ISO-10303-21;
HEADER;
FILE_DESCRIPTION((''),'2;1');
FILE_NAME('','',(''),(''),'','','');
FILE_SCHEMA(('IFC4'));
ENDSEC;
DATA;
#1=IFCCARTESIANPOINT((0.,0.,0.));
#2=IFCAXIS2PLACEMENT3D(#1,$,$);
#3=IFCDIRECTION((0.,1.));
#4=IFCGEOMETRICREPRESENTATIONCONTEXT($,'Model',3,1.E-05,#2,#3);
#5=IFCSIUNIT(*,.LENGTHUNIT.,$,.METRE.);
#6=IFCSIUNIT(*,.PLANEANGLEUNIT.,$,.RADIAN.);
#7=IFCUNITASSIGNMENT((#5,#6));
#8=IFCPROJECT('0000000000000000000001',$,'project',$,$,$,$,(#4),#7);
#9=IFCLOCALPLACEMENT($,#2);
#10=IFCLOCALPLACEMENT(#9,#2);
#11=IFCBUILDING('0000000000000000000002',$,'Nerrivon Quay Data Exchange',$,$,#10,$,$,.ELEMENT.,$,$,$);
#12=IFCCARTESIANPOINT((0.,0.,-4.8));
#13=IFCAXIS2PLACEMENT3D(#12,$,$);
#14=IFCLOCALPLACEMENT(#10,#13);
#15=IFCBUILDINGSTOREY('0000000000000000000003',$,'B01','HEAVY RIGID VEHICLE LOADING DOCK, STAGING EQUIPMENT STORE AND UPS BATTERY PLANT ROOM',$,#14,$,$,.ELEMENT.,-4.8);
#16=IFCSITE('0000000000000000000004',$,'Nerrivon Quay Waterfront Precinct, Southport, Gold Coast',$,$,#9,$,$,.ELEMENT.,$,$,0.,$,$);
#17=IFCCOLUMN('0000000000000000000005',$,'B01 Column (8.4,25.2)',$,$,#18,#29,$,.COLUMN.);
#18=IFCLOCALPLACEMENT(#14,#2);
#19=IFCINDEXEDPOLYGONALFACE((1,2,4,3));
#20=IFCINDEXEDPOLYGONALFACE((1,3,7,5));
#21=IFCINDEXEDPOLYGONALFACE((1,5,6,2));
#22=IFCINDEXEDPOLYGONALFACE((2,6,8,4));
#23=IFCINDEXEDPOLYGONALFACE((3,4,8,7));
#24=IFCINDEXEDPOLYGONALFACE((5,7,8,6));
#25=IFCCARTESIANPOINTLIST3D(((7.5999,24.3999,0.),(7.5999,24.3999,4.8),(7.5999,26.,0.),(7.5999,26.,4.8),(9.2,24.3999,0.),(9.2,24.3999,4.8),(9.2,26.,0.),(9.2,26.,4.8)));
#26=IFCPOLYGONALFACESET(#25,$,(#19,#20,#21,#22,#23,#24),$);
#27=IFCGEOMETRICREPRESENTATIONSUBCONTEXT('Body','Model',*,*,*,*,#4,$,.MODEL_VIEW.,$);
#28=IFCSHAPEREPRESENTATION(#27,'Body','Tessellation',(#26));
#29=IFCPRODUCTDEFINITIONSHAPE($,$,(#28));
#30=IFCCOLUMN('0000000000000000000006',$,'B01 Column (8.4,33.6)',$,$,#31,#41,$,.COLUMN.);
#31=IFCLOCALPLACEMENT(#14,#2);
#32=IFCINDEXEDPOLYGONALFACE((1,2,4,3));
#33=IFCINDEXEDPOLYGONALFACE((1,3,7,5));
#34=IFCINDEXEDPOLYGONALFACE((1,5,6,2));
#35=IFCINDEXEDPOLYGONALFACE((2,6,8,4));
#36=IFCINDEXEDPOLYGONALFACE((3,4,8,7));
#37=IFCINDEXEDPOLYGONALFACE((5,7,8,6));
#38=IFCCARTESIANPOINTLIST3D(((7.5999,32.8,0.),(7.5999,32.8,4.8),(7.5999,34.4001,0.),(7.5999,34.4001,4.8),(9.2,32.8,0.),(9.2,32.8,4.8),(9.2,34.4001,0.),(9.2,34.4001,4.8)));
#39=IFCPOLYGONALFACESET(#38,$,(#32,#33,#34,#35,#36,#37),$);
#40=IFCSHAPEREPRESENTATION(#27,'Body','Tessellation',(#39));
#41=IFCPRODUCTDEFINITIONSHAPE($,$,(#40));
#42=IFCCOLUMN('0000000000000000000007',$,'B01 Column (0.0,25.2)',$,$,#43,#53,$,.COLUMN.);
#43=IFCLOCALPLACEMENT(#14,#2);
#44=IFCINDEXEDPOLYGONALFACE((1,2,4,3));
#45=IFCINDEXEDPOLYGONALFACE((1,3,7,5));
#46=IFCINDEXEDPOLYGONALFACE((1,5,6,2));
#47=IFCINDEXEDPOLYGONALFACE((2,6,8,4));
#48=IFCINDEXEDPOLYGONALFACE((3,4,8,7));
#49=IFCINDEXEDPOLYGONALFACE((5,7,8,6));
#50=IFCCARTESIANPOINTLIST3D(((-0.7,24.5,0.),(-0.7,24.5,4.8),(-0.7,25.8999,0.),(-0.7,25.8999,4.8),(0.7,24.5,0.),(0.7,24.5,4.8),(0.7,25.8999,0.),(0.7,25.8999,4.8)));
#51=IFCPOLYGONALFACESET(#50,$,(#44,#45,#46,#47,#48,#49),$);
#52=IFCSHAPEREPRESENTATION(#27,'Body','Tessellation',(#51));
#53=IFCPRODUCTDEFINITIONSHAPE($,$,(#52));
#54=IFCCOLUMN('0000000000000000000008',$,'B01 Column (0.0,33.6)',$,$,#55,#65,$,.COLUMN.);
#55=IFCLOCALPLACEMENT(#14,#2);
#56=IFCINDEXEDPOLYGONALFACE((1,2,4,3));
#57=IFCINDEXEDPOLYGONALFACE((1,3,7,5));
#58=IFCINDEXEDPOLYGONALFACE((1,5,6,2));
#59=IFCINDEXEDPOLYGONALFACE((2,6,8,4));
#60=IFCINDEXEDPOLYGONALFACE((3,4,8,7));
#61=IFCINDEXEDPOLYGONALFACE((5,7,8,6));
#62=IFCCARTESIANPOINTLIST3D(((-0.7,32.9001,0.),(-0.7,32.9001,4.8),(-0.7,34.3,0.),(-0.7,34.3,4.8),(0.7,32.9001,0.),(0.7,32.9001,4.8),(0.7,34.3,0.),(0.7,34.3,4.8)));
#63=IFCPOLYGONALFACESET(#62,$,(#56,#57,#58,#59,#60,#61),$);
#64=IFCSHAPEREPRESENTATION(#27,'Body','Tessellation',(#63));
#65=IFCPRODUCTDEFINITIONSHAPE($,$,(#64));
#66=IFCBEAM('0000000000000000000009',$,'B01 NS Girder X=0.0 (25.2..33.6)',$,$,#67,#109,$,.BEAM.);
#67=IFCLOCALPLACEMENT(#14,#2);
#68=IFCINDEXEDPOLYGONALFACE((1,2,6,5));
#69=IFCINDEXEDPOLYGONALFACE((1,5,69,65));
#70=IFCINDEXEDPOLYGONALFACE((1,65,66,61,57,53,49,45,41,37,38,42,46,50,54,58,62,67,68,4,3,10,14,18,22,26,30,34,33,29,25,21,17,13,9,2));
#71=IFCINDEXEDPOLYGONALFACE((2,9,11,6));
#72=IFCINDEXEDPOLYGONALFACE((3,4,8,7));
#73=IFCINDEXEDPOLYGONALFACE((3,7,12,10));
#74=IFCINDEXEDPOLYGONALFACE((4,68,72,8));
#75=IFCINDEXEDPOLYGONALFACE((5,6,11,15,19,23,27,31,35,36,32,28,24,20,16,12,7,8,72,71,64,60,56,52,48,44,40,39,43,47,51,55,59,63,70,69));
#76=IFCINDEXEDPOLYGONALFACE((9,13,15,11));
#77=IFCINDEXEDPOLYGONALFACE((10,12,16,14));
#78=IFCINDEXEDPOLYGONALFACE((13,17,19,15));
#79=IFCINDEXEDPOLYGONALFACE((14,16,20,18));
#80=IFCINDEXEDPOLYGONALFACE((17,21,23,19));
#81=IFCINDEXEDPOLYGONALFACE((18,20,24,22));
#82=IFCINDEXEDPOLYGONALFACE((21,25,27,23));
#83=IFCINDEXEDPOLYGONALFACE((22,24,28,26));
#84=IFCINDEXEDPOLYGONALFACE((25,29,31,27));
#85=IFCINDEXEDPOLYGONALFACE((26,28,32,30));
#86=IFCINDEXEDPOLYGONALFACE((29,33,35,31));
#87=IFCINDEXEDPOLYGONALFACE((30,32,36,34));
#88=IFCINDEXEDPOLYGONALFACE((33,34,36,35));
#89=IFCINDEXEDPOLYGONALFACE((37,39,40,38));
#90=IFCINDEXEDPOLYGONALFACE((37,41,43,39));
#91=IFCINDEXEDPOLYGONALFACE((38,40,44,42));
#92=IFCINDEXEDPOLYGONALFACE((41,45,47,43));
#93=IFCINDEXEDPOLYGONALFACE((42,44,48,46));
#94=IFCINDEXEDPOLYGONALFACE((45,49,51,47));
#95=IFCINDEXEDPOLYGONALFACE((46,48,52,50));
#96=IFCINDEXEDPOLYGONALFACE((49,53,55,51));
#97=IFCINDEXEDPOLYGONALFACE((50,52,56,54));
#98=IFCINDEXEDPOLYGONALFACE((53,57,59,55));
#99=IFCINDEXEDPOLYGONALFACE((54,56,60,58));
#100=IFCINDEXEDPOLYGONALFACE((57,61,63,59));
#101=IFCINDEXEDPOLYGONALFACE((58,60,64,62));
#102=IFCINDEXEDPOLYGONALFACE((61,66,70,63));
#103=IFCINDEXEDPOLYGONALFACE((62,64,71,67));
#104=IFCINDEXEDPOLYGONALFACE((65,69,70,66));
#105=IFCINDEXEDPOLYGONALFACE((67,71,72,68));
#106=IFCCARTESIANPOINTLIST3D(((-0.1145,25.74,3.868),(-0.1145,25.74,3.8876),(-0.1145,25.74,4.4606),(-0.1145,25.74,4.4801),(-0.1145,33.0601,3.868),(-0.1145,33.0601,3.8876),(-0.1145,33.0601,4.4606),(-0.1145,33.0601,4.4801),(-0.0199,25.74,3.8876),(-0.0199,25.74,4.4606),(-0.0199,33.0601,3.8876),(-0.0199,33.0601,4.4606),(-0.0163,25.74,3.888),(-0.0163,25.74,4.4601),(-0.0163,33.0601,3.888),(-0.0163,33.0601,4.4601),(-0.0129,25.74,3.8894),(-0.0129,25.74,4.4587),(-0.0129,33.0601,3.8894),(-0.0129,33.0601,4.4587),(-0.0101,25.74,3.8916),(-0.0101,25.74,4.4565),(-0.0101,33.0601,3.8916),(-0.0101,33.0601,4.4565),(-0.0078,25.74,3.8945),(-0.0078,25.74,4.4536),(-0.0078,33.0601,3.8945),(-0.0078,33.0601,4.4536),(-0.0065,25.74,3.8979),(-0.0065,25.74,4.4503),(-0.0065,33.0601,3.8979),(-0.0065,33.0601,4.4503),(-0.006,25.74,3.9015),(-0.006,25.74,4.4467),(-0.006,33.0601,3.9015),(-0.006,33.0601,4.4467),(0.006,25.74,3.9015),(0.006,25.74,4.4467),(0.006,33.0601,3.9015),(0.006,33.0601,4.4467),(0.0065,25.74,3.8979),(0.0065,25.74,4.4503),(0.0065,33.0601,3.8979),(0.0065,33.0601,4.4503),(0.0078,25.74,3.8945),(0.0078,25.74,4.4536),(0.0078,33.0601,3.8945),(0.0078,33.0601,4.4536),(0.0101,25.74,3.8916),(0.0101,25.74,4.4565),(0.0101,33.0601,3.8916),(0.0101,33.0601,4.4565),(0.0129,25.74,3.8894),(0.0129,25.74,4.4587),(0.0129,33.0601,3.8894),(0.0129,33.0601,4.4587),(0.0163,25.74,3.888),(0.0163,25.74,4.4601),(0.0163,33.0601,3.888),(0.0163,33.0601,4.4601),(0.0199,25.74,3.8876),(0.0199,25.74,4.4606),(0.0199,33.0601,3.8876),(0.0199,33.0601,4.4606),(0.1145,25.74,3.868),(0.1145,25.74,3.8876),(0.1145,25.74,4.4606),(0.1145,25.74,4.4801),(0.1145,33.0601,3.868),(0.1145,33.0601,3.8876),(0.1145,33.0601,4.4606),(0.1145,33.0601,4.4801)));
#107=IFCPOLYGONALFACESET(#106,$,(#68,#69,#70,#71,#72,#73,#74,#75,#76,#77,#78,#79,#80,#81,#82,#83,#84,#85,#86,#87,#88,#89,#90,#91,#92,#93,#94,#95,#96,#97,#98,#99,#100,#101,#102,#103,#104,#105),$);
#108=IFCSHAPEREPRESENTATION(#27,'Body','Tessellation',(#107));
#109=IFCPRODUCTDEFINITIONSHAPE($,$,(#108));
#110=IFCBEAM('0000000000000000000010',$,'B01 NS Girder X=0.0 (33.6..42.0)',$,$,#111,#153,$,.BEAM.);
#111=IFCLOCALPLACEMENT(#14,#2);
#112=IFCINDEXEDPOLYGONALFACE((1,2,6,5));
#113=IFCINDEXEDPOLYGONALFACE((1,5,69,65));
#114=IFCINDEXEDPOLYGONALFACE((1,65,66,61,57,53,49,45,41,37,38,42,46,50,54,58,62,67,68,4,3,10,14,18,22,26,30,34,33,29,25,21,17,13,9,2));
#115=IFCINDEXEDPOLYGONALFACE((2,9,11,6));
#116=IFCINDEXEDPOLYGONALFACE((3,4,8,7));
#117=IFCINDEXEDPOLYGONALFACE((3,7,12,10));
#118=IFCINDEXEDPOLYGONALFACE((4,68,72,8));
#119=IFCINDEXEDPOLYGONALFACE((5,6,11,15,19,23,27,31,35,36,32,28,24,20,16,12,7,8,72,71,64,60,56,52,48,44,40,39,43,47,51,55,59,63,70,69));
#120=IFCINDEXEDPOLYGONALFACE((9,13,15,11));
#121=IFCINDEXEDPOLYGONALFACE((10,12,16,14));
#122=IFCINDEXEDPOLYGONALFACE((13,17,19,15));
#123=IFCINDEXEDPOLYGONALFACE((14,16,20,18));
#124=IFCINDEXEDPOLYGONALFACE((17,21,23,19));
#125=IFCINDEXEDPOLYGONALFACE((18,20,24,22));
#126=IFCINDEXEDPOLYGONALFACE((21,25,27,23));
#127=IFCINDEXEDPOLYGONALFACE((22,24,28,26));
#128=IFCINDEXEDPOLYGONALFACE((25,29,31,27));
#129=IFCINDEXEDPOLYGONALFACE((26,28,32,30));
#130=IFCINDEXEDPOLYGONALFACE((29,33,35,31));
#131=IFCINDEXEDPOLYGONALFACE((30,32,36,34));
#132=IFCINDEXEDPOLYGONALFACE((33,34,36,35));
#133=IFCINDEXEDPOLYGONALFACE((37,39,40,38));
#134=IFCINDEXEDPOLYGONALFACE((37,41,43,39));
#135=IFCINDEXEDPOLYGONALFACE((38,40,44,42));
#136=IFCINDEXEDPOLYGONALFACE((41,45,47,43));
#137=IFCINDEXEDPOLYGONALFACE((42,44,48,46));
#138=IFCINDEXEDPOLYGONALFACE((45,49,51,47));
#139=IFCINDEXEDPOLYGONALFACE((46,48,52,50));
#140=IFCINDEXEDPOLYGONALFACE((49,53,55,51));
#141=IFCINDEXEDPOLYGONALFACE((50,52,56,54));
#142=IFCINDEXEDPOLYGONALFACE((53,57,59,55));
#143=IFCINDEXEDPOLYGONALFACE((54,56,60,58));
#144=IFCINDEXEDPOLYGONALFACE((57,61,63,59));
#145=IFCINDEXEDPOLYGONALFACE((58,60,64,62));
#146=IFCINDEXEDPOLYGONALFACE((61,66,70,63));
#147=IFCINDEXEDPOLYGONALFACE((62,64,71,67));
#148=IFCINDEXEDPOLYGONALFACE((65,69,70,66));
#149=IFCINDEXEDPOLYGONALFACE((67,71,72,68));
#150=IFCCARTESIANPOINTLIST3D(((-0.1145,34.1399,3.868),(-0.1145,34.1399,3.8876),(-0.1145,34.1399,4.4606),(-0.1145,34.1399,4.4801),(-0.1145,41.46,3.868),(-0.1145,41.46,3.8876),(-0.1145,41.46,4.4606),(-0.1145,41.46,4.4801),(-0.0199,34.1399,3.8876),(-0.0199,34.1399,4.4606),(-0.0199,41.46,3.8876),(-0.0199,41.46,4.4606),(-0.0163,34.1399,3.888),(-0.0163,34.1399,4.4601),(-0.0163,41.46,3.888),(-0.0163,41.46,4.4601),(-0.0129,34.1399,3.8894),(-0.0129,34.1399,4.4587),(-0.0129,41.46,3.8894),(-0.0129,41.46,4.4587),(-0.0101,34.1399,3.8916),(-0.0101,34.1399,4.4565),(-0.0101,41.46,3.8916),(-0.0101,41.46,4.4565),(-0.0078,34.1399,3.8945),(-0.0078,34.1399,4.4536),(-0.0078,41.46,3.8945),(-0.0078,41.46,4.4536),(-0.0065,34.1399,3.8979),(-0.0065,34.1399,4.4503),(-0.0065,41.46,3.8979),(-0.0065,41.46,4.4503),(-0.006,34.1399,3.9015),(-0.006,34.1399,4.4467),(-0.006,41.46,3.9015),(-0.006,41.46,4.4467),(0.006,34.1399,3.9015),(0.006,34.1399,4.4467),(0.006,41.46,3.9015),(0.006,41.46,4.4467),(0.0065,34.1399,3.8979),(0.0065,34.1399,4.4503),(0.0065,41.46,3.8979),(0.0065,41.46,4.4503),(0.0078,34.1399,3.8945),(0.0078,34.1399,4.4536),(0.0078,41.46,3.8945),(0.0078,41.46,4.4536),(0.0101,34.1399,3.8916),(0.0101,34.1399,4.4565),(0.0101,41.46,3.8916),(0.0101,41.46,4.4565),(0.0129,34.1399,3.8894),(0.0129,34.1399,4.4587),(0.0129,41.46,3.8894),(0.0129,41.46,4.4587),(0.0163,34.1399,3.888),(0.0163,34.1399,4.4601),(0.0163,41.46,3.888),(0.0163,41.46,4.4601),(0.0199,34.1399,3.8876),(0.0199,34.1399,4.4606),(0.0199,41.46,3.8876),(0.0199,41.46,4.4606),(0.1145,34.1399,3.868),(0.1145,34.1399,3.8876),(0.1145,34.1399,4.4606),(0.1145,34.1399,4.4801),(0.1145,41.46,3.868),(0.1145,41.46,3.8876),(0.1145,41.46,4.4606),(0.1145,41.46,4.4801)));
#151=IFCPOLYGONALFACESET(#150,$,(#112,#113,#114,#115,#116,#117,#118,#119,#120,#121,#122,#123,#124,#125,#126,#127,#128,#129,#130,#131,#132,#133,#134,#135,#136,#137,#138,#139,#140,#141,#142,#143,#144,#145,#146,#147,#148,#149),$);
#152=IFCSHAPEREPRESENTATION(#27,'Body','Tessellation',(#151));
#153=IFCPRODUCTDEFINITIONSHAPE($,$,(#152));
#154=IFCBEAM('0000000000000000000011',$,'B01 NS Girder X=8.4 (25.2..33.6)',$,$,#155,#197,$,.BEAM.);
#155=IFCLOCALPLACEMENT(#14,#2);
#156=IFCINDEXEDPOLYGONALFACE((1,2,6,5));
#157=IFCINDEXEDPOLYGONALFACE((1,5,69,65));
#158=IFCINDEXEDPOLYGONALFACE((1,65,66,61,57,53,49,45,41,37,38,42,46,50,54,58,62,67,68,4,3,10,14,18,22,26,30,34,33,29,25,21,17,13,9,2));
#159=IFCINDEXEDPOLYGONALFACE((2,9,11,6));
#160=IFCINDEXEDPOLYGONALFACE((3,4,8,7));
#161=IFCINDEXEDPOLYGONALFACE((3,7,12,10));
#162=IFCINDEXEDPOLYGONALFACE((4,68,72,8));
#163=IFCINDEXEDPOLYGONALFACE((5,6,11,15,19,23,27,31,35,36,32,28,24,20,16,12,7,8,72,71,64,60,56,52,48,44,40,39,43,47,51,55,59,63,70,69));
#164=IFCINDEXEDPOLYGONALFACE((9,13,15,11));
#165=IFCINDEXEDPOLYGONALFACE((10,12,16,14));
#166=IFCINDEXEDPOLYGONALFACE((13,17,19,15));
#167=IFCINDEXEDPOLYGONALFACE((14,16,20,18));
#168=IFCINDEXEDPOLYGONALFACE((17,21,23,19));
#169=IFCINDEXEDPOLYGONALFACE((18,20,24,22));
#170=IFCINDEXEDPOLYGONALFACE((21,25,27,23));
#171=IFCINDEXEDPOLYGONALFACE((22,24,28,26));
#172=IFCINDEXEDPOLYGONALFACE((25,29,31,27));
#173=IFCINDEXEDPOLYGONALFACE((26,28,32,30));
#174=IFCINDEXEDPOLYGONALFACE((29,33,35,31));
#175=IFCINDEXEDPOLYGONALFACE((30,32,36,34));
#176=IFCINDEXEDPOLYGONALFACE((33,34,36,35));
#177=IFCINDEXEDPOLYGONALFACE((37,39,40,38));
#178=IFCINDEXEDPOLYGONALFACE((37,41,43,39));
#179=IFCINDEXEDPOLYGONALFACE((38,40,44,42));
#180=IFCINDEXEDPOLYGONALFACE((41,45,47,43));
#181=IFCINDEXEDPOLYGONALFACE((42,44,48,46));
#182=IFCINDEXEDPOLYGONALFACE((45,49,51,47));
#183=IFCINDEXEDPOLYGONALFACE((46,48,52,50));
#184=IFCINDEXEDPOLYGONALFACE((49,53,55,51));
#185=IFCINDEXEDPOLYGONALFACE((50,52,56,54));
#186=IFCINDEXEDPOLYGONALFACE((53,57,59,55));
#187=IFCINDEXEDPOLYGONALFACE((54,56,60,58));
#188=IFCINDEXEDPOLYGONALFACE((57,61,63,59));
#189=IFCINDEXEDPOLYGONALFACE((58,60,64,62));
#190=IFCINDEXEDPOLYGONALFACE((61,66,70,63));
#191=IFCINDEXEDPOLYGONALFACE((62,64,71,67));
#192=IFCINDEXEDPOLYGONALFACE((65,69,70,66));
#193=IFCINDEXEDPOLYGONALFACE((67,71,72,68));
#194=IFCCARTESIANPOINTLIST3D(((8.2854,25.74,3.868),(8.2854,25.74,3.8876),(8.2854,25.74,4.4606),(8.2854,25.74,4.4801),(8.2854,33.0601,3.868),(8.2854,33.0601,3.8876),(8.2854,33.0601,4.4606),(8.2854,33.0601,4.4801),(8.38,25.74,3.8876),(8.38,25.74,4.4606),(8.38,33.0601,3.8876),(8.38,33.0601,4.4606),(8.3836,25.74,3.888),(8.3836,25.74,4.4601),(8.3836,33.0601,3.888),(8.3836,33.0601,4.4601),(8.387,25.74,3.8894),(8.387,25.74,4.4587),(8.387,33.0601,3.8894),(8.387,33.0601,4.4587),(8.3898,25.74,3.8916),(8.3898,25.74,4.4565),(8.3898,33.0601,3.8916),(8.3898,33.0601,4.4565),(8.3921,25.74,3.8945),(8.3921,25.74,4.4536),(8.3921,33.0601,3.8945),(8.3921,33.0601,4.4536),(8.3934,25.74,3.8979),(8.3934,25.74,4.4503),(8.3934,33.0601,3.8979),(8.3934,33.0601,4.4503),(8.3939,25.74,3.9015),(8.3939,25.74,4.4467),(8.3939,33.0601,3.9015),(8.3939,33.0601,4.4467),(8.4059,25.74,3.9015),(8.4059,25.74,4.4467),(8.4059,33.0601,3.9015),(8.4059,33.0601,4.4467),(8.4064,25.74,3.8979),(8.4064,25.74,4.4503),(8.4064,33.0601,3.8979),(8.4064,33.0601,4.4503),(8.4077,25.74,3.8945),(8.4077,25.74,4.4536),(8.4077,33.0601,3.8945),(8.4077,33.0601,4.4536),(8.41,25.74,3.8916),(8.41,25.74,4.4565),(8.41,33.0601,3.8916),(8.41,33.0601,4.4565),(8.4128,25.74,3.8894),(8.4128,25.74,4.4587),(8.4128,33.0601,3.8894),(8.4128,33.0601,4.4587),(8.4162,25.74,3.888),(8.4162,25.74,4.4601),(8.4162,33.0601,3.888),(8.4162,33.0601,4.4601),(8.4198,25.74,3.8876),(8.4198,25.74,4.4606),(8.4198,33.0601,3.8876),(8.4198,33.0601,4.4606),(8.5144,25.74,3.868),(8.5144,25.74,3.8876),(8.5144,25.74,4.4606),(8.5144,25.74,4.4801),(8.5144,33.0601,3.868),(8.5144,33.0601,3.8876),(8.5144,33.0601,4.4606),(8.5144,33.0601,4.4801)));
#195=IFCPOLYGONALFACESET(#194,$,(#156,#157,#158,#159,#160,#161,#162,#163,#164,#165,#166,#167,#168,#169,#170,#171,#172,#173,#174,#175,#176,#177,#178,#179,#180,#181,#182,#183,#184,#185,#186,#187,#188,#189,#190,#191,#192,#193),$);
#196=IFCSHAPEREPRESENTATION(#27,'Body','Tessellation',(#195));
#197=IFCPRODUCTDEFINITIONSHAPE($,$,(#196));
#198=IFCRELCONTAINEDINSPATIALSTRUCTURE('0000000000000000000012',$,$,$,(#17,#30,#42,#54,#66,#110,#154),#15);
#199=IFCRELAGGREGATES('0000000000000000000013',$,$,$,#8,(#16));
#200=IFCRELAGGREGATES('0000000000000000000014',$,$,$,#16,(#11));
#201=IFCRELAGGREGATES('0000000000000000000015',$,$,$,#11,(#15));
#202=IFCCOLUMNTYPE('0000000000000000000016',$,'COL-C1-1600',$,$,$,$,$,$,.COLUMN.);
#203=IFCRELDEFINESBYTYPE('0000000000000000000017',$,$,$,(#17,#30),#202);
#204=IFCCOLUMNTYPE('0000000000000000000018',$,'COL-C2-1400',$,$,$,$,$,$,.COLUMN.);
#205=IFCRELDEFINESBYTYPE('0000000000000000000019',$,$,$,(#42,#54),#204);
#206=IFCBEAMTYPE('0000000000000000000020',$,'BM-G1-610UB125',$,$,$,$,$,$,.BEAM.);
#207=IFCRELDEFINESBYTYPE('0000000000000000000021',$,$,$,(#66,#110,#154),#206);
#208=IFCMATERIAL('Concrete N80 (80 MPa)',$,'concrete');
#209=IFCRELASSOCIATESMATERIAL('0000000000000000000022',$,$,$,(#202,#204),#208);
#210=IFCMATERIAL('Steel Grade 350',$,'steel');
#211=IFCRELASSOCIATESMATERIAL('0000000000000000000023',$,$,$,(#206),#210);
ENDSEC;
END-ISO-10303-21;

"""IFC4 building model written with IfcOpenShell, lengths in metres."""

from ifc_helpers import new_model, si_unit, direction, frame, origin, origin_2d, place, context, subcontext, project, spatial, rectangle, i_section, extrude, material, material_profile, profile_set, type_object, element, save


model = new_model("IFC4")

# Units and contexts
model_context = context("Model", 3, precision=1e-05, world=origin(), true_north=direction((0.0, 1.0)))
body_context = subcontext(model_context, "Body", "Model", "MODEL_VIEW")
ifc_project = project(units=[si_unit("LENGTHUNIT", "METRE"), si_unit("PLANEANGLEUNIT", "RADIAN")], contexts=[model_context])

# Site, building, storey
site_placement = place(None, origin())
site = spatial("IfcSite", under=ifc_project, at=site_placement, Name="Nerrivon Quay Waterfront Precinct, Southport, Gold Coast", CompositionType="ELEMENT", RefElevation=0.0)
building_placement = place(site_placement, origin())
building = spatial("IfcBuilding", under=site, at=building_placement, Name="Nerrivon Quay Data Exchange", CompositionType="ELEMENT")
storey_placement = place(building_placement, frame((0.0, 0.0, -4.8)))
storey = spatial("IfcBuildingStorey", under=building, at=storey_placement, Name="B01", Description="HEAVY RIGID VEHICLE LOADING DOCK, STAGING EQUIPMENT STORE AND UPS BATTERY PLANT ROOM", CompositionType="ELEMENT", Elevation=-4.8)

# Columns
ifc_material_1 = material(Name="Concrete N80 (80 MPa)", Category="concrete")
ifc_material_profile_1 = material_profile(ifc_material_1, rectangle(XDim=1.6001, YDim=1.6001, at=origin_2d()), Name="RC-COL-1600x1600")
ifc_profile_set_1 = profile_set([ifc_material_profile_1], Name="Concrete N80 (80 MPa)")
column_type_1 = type_object("IfcColumnType", Name="COL-C1-1600", PredefinedType="COLUMN", material=ifc_profile_set_1)
for number, where, z_axis, x_axis, name in (
    (1, (8.3999, 25.2, 0.0), (0.0, 0.0, 1.0), (1.0, 0.0, 0.0), "B01 Column (8.4,25.2)"),
    (2, (8.3999, 33.6001, 0.0), (0.0, 0.0, 1.0), (1.0, 0.0, 0.0), "B01 Column (8.4,33.6)"),
):
    element("IfcColumn", number, at=place(storey_placement, frame(where, z_axis=z_axis, x_axis=x_axis)), inside=storey, type_object=column_type_1, Name=name, PredefinedType="COLUMN", context=body_context, shape_type="SweptSolid", body=[
        extrude(rectangle(XDim=1.6001, YDim=1.6001, at=origin_2d()), origin(), (0.0, 0.0, 1.0), 4.8),
    ])
ifc_material_profile_2 = material_profile(ifc_material_1, rectangle(XDim=1.3999, YDim=1.3999, at=origin_2d()), Name="RC-COL-1400x1400")
ifc_profile_set_2 = profile_set([ifc_material_profile_2], Name="Concrete N80 (80 MPa)")
column_type_2 = type_object("IfcColumnType", Name="COL-C2-1400", PredefinedType="COLUMN", material=ifc_profile_set_2)
for number, where, z_axis, x_axis, name in (
    (3, (0.0, 25.2, 0.0), (0.0, 0.0, 1.0), (1.0, 0.0, 0.0), "B01 Column (0.0,25.2)"),
    (4, (0.0, 33.6001, 0.0), (0.0, 0.0, 1.0), (1.0, 0.0, 0.0), "B01 Column (0.0,33.6)"),
):
    element("IfcColumn", number, at=place(storey_placement, frame(where, z_axis=z_axis, x_axis=x_axis)), inside=storey, type_object=column_type_2, Name=name, PredefinedType="COLUMN", context=body_context, shape_type="SweptSolid", body=[
        extrude(rectangle(XDim=1.3999, YDim=1.3999, at=origin_2d()), origin(), (0.0, 0.0, 1.0), 4.8),
    ])

# Beams
ifc_material_2 = material(Name="Steel Grade 350", Category="steel")
ifc_material_profile_3 = material_profile(ifc_material_2, i_section(OverallWidth=0.229, OverallDepth=0.6121, WebThickness=0.012, FlangeThickness=0.0195, FilletRadius=0.0139, at=origin_2d()), Name="610UB125")
ifc_profile_set_3 = profile_set([ifc_material_profile_3], Name="Steel Grade 350")
beam_type = type_object("IfcBeamType", Name="BM-G1-610UB125", PredefinedType="BEAM", material=ifc_profile_set_3)
for number, where, z_axis, x_axis, name in (
    (5, (0.0, 25.74, 4.1741), (0.0, 1.0, 0.0), (-1.0, 0.0, 0.0), "B01 NS Girder X=0.0 (25.2..33.6)"),
    (6, (0.0, 34.1399, 4.1741), (0.0, 1.0, 0.0), (-1.0, 0.0, 0.0), "B01 NS Girder X=0.0 (33.6..42.0)"),
    (7, (8.3999, 25.74, 4.1741), (0.0, 1.0, 0.0), (-1.0, 0.0, 0.0), "B01 NS Girder X=8.4 (25.2..33.6)"),
):
    element("IfcBeam", number, at=place(storey_placement, frame(where, z_axis=z_axis, x_axis=x_axis)), inside=storey, type_object=beam_type, Name=name, PredefinedType="BEAM", context=body_context, shape_type="SweptSolid", body=[
        extrude(i_section(OverallWidth=0.229, OverallDepth=0.6121, WebThickness=0.012, FlangeThickness=0.0195, FilletRadius=0.0139, at=origin_2d()), origin(), (0.0, 0.0, 1.0), 7.3201),
    ])

save(model, "model.ifc")
